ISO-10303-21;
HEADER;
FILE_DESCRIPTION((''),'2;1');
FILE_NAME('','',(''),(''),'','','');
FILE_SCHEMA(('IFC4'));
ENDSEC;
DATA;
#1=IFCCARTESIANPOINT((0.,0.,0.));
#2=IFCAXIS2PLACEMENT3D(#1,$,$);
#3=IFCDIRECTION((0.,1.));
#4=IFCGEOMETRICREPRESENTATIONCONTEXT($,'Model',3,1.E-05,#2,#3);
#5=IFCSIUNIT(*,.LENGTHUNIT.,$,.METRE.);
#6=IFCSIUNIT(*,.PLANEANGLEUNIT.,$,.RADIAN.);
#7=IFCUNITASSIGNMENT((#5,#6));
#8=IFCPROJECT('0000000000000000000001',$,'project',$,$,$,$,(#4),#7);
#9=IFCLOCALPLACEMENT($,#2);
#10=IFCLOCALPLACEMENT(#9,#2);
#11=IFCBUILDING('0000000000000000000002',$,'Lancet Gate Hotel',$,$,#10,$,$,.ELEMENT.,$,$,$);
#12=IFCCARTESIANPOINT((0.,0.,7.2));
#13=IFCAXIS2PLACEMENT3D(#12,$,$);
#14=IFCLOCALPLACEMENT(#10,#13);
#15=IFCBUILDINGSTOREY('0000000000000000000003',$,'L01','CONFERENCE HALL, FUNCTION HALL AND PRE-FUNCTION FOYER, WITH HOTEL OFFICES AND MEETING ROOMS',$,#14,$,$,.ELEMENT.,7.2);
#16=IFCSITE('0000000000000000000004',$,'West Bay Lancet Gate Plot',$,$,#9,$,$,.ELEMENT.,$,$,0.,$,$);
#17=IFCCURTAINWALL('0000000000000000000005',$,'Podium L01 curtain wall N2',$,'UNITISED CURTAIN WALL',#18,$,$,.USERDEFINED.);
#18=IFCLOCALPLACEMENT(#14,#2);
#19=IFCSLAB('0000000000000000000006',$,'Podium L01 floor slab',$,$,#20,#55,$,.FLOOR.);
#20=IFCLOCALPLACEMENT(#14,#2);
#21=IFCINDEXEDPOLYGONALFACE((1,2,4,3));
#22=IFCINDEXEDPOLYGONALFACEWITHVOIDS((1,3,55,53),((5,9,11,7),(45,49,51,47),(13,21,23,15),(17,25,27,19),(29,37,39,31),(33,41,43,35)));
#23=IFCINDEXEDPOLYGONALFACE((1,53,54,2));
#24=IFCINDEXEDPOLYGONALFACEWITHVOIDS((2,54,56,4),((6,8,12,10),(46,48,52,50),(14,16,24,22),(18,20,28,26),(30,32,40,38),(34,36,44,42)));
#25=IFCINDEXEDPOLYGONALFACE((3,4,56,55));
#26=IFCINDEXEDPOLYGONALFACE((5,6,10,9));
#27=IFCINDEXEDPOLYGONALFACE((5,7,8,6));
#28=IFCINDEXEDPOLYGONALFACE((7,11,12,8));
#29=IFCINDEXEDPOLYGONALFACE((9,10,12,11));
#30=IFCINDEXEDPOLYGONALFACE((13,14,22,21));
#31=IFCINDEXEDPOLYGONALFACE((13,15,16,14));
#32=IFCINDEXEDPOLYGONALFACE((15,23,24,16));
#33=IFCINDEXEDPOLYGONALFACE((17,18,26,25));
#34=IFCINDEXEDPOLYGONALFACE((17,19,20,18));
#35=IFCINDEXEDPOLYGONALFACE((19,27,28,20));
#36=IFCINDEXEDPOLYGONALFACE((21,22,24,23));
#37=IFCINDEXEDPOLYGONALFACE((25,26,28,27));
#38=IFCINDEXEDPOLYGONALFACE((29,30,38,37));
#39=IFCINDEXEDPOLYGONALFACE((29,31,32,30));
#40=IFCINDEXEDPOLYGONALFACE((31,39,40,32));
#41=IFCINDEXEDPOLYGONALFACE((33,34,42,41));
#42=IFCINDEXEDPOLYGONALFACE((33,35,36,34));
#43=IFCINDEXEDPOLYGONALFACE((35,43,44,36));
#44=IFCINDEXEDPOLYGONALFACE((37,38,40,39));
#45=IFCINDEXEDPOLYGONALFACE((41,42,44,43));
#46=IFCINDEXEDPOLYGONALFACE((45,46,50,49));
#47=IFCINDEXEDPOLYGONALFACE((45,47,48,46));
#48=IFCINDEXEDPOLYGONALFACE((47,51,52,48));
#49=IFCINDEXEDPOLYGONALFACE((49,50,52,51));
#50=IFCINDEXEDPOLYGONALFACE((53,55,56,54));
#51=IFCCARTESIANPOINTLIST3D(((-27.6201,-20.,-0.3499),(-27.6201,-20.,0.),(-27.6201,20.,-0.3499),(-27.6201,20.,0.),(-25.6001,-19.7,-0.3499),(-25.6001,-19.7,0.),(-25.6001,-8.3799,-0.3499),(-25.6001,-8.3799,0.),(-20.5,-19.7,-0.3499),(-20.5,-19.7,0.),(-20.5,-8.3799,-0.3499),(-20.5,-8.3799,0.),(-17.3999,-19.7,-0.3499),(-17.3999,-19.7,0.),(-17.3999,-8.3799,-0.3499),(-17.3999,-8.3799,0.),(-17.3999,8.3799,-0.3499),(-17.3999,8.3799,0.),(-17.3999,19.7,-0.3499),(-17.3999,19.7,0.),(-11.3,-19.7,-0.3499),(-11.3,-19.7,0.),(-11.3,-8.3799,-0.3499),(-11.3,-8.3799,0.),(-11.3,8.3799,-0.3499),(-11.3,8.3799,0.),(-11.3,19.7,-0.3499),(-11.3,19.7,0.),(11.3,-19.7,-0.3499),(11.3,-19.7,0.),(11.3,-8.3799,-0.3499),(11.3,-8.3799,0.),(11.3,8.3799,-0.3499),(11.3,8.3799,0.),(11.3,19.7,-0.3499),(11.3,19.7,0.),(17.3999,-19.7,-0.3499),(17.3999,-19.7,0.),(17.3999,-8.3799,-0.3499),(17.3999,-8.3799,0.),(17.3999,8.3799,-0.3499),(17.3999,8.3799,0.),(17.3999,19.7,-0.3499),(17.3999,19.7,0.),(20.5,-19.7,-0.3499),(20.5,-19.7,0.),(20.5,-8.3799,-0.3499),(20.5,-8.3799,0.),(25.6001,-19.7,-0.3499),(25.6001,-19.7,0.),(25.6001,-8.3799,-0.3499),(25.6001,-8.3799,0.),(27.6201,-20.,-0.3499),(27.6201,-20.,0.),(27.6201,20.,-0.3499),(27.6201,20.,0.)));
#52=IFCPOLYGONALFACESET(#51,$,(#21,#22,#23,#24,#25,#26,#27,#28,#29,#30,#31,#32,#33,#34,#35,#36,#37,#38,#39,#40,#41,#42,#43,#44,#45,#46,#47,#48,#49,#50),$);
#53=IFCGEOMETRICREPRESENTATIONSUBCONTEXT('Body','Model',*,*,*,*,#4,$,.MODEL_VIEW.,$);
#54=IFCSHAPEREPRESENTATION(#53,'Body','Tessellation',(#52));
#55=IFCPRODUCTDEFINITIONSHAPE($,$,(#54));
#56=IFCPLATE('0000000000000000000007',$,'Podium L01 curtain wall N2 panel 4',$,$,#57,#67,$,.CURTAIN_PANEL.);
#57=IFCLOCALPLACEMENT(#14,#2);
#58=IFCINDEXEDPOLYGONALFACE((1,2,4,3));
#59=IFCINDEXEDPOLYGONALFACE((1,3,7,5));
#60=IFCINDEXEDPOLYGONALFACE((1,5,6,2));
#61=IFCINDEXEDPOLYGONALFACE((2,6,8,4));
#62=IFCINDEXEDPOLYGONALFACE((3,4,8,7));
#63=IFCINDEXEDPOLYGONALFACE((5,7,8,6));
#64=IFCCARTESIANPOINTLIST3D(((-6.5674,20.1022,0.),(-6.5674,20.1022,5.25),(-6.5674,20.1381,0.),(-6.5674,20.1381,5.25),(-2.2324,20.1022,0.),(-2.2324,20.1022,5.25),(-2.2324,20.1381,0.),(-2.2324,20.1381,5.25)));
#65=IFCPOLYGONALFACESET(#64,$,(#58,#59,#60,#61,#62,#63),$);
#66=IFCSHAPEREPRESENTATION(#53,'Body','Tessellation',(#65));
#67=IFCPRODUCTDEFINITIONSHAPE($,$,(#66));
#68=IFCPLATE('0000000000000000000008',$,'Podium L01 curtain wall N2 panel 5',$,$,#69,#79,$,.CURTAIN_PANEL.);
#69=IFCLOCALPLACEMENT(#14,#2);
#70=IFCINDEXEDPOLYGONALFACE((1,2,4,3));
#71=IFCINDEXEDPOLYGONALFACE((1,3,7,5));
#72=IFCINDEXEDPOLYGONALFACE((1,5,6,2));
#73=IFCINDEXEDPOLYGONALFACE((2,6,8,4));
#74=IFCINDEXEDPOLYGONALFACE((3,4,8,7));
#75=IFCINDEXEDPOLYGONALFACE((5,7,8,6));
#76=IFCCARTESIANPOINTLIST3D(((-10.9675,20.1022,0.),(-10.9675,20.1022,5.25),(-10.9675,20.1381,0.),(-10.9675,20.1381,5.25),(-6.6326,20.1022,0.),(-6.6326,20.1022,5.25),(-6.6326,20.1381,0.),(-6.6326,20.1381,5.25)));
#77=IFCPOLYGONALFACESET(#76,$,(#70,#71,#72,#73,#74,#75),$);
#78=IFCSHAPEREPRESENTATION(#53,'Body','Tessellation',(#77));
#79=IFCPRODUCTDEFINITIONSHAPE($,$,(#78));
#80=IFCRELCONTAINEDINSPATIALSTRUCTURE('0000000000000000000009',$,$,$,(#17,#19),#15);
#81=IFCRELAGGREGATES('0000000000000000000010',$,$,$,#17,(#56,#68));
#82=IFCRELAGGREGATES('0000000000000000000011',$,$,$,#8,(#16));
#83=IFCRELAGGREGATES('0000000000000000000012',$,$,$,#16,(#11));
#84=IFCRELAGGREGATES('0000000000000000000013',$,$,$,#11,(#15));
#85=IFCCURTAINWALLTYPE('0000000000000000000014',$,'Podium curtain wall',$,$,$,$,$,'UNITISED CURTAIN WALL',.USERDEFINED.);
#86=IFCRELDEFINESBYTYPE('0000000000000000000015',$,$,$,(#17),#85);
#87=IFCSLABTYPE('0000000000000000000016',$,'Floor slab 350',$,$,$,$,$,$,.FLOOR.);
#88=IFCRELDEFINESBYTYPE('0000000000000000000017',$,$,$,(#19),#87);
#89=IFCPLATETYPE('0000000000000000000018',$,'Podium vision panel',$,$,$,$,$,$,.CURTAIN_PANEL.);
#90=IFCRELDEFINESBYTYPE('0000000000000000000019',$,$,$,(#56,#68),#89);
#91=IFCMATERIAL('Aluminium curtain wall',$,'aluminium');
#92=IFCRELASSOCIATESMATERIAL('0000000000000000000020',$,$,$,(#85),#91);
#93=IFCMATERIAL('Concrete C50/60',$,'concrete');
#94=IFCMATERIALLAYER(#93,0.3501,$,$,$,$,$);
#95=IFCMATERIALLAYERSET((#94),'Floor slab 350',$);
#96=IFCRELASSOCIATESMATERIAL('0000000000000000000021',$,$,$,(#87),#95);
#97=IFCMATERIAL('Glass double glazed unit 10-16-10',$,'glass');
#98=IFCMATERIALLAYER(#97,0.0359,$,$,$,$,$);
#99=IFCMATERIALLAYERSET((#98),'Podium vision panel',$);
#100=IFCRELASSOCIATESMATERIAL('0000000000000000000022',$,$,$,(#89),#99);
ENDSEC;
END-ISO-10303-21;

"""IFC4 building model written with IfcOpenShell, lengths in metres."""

from ifc_helpers import new_model, si_unit, direction, frame, origin, origin_2d, place, context, subcontext, project, spatial, polyline, rectangle, outline, extrude, material, layer, layer_set, type_object, element, aggregate, save


model = new_model("IFC4")

# Units and contexts
model_context = context("Model", 3, precision=1e-05, world=origin(), true_north=direction((0.0, 1.0)))
body_context = subcontext(model_context, "Body", "Model", "MODEL_VIEW")
ifc_project = project(units=[si_unit("LENGTHUNIT", "METRE"), si_unit("PLANEANGLEUNIT", "RADIAN")], contexts=[model_context])

# Site, building, storey
site_placement = place(None, origin())
site = spatial("IfcSite", under=ifc_project, at=site_placement, Name="West Bay Lancet Gate Plot", CompositionType="ELEMENT", RefElevation=0.0)
building_placement = place(site_placement, origin())
building = spatial("IfcBuilding", under=site, at=building_placement, Name="Lancet Gate Hotel", CompositionType="ELEMENT")
storey_placement = place(building_placement, frame((0.0, 0.0, 7.2)))
storey = spatial("IfcBuildingStorey", under=building, at=storey_placement, Name="L01", Description="CONFERENCE HALL, FUNCTION HALL AND PRE-FUNCTION FOYER, WITH HOTEL OFFICES AND MEETING ROOMS", CompositionType="ELEMENT", Elevation=7.2)

# Curtain wall
ifc_material_1 = material(Name="Aluminium curtain wall", Category="aluminium")
curtain_wall_type = type_object("IfcCurtainWallType", Name="Podium curtain wall", ElementType="UNITISED CURTAIN WALL", PredefinedType="USERDEFINED", material=ifc_material_1)
curtain_wall_placement = place(storey_placement, origin())
curtain_wall = element("IfcCurtainWall", 1, at=curtain_wall_placement, inside=storey, type_object=curtain_wall_type, Name="Podium L01 curtain wall N2", ObjectType="UNITISED CURTAIN WALL", PredefinedType="USERDEFINED")

# Slab
ifc_material_2 = material(Name="Concrete C50/60", Category="concrete")
ifc_layer_1 = layer(ifc_material_2, 0.3501)
ifc_layer_set_1 = layer_set([ifc_layer_1], Name="Floor slab 350")
slab_type = type_object("IfcSlabType", Name="Floor slab 350", PredefinedType="FLOOR", material=ifc_layer_set_1)
slab_1_placement = place(storey_placement, frame((0.0, 0.0, -0.3499)))
element("IfcSlab", 2, at=slab_1_placement, inside=storey, type_object=slab_type, Name="Podium L01 floor slab", PredefinedType="FLOOR", context=body_context, shape_type="SweptSolid", body=[
    extrude(outline(polyline([(27.6201, 20.0), (-27.6201, 20.0), (-27.6201, -20.0), (27.6201, -20.0), (27.6201, 20.0)]), holes=[polyline([(-25.6001, -19.7), (-20.5, -19.7), (-20.5, -8.3799), (-25.6001, -8.3799), (-25.6001, -19.7)]), polyline([(-17.3999, -8.3799), (-17.3999, -19.7), (-11.3, -19.7), (-11.3, -8.3799), (-17.3999, -8.3799)]), polyline([(11.3, -8.3799), (11.3, -19.7), (17.3999, -19.7), (17.3999, -8.3799), (11.3, -8.3799)]), polyline([(20.5, -19.7), (25.6001, -19.7), (25.6001, -8.3799), (20.5, -8.3799), (20.5, -19.7)]), polyline([(-17.3999, 19.7), (-17.3999, 8.3799), (-11.3, 8.3799), (-11.3, 19.7), (-17.3999, 19.7)]), polyline([(11.3, 19.7), (11.3, 8.3799), (17.3999, 8.3799), (17.3999, 19.7), (11.3, 19.7)])]), origin(), (0.0, 0.0, 1.0), 0.3499),
])

# Plates
ifc_material_3 = material(Name="Glass double glazed unit 10-16-10", Category="glass")
ifc_layer_2 = layer(ifc_material_3, 0.0359)
ifc_layer_set_2 = layer_set([ifc_layer_2], Name="Podium vision panel")
plate_type = type_object("IfcPlateType", Name="Podium vision panel", PredefinedType="CURTAIN_PANEL", material=ifc_layer_set_2)
plate_1_placement = place(storey_placement, frame((-4.3999, 20.1201, 0.0), z_axis=(0.0, 0.0, 1.0), x_axis=(-1.0, 0.0, 0.0)))
plate_1 = element("IfcPlate", 3, at=plate_1_placement, type_object=plate_type, Name="Podium L01 curtain wall N2 panel 4", PredefinedType="CURTAIN_PANEL", context=body_context, shape_type="SweptSolid", body=[
    extrude(rectangle(XDim=4.335, YDim=0.0359, at=origin_2d()), origin(), (0.0, 0.0, 1.0), 5.25),
])
plate_2_placement = place(storey_placement, frame((-8.8, 20.1201, 0.0), z_axis=(0.0, 0.0, 1.0), x_axis=(-1.0, 0.0, 0.0)))
plate_2 = element("IfcPlate", 4, at=plate_2_placement, type_object=plate_type, Name="Podium L01 curtain wall N2 panel 5", PredefinedType="CURTAIN_PANEL", context=body_context, shape_type="SweptSolid", body=[
    extrude(rectangle(XDim=4.335, YDim=0.0359, at=origin_2d()), origin(), (0.0, 0.0, 1.0), 5.25),
])
aggregate(curtain_wall, [plate_1, plate_2])

save(model, "model.ifc")
